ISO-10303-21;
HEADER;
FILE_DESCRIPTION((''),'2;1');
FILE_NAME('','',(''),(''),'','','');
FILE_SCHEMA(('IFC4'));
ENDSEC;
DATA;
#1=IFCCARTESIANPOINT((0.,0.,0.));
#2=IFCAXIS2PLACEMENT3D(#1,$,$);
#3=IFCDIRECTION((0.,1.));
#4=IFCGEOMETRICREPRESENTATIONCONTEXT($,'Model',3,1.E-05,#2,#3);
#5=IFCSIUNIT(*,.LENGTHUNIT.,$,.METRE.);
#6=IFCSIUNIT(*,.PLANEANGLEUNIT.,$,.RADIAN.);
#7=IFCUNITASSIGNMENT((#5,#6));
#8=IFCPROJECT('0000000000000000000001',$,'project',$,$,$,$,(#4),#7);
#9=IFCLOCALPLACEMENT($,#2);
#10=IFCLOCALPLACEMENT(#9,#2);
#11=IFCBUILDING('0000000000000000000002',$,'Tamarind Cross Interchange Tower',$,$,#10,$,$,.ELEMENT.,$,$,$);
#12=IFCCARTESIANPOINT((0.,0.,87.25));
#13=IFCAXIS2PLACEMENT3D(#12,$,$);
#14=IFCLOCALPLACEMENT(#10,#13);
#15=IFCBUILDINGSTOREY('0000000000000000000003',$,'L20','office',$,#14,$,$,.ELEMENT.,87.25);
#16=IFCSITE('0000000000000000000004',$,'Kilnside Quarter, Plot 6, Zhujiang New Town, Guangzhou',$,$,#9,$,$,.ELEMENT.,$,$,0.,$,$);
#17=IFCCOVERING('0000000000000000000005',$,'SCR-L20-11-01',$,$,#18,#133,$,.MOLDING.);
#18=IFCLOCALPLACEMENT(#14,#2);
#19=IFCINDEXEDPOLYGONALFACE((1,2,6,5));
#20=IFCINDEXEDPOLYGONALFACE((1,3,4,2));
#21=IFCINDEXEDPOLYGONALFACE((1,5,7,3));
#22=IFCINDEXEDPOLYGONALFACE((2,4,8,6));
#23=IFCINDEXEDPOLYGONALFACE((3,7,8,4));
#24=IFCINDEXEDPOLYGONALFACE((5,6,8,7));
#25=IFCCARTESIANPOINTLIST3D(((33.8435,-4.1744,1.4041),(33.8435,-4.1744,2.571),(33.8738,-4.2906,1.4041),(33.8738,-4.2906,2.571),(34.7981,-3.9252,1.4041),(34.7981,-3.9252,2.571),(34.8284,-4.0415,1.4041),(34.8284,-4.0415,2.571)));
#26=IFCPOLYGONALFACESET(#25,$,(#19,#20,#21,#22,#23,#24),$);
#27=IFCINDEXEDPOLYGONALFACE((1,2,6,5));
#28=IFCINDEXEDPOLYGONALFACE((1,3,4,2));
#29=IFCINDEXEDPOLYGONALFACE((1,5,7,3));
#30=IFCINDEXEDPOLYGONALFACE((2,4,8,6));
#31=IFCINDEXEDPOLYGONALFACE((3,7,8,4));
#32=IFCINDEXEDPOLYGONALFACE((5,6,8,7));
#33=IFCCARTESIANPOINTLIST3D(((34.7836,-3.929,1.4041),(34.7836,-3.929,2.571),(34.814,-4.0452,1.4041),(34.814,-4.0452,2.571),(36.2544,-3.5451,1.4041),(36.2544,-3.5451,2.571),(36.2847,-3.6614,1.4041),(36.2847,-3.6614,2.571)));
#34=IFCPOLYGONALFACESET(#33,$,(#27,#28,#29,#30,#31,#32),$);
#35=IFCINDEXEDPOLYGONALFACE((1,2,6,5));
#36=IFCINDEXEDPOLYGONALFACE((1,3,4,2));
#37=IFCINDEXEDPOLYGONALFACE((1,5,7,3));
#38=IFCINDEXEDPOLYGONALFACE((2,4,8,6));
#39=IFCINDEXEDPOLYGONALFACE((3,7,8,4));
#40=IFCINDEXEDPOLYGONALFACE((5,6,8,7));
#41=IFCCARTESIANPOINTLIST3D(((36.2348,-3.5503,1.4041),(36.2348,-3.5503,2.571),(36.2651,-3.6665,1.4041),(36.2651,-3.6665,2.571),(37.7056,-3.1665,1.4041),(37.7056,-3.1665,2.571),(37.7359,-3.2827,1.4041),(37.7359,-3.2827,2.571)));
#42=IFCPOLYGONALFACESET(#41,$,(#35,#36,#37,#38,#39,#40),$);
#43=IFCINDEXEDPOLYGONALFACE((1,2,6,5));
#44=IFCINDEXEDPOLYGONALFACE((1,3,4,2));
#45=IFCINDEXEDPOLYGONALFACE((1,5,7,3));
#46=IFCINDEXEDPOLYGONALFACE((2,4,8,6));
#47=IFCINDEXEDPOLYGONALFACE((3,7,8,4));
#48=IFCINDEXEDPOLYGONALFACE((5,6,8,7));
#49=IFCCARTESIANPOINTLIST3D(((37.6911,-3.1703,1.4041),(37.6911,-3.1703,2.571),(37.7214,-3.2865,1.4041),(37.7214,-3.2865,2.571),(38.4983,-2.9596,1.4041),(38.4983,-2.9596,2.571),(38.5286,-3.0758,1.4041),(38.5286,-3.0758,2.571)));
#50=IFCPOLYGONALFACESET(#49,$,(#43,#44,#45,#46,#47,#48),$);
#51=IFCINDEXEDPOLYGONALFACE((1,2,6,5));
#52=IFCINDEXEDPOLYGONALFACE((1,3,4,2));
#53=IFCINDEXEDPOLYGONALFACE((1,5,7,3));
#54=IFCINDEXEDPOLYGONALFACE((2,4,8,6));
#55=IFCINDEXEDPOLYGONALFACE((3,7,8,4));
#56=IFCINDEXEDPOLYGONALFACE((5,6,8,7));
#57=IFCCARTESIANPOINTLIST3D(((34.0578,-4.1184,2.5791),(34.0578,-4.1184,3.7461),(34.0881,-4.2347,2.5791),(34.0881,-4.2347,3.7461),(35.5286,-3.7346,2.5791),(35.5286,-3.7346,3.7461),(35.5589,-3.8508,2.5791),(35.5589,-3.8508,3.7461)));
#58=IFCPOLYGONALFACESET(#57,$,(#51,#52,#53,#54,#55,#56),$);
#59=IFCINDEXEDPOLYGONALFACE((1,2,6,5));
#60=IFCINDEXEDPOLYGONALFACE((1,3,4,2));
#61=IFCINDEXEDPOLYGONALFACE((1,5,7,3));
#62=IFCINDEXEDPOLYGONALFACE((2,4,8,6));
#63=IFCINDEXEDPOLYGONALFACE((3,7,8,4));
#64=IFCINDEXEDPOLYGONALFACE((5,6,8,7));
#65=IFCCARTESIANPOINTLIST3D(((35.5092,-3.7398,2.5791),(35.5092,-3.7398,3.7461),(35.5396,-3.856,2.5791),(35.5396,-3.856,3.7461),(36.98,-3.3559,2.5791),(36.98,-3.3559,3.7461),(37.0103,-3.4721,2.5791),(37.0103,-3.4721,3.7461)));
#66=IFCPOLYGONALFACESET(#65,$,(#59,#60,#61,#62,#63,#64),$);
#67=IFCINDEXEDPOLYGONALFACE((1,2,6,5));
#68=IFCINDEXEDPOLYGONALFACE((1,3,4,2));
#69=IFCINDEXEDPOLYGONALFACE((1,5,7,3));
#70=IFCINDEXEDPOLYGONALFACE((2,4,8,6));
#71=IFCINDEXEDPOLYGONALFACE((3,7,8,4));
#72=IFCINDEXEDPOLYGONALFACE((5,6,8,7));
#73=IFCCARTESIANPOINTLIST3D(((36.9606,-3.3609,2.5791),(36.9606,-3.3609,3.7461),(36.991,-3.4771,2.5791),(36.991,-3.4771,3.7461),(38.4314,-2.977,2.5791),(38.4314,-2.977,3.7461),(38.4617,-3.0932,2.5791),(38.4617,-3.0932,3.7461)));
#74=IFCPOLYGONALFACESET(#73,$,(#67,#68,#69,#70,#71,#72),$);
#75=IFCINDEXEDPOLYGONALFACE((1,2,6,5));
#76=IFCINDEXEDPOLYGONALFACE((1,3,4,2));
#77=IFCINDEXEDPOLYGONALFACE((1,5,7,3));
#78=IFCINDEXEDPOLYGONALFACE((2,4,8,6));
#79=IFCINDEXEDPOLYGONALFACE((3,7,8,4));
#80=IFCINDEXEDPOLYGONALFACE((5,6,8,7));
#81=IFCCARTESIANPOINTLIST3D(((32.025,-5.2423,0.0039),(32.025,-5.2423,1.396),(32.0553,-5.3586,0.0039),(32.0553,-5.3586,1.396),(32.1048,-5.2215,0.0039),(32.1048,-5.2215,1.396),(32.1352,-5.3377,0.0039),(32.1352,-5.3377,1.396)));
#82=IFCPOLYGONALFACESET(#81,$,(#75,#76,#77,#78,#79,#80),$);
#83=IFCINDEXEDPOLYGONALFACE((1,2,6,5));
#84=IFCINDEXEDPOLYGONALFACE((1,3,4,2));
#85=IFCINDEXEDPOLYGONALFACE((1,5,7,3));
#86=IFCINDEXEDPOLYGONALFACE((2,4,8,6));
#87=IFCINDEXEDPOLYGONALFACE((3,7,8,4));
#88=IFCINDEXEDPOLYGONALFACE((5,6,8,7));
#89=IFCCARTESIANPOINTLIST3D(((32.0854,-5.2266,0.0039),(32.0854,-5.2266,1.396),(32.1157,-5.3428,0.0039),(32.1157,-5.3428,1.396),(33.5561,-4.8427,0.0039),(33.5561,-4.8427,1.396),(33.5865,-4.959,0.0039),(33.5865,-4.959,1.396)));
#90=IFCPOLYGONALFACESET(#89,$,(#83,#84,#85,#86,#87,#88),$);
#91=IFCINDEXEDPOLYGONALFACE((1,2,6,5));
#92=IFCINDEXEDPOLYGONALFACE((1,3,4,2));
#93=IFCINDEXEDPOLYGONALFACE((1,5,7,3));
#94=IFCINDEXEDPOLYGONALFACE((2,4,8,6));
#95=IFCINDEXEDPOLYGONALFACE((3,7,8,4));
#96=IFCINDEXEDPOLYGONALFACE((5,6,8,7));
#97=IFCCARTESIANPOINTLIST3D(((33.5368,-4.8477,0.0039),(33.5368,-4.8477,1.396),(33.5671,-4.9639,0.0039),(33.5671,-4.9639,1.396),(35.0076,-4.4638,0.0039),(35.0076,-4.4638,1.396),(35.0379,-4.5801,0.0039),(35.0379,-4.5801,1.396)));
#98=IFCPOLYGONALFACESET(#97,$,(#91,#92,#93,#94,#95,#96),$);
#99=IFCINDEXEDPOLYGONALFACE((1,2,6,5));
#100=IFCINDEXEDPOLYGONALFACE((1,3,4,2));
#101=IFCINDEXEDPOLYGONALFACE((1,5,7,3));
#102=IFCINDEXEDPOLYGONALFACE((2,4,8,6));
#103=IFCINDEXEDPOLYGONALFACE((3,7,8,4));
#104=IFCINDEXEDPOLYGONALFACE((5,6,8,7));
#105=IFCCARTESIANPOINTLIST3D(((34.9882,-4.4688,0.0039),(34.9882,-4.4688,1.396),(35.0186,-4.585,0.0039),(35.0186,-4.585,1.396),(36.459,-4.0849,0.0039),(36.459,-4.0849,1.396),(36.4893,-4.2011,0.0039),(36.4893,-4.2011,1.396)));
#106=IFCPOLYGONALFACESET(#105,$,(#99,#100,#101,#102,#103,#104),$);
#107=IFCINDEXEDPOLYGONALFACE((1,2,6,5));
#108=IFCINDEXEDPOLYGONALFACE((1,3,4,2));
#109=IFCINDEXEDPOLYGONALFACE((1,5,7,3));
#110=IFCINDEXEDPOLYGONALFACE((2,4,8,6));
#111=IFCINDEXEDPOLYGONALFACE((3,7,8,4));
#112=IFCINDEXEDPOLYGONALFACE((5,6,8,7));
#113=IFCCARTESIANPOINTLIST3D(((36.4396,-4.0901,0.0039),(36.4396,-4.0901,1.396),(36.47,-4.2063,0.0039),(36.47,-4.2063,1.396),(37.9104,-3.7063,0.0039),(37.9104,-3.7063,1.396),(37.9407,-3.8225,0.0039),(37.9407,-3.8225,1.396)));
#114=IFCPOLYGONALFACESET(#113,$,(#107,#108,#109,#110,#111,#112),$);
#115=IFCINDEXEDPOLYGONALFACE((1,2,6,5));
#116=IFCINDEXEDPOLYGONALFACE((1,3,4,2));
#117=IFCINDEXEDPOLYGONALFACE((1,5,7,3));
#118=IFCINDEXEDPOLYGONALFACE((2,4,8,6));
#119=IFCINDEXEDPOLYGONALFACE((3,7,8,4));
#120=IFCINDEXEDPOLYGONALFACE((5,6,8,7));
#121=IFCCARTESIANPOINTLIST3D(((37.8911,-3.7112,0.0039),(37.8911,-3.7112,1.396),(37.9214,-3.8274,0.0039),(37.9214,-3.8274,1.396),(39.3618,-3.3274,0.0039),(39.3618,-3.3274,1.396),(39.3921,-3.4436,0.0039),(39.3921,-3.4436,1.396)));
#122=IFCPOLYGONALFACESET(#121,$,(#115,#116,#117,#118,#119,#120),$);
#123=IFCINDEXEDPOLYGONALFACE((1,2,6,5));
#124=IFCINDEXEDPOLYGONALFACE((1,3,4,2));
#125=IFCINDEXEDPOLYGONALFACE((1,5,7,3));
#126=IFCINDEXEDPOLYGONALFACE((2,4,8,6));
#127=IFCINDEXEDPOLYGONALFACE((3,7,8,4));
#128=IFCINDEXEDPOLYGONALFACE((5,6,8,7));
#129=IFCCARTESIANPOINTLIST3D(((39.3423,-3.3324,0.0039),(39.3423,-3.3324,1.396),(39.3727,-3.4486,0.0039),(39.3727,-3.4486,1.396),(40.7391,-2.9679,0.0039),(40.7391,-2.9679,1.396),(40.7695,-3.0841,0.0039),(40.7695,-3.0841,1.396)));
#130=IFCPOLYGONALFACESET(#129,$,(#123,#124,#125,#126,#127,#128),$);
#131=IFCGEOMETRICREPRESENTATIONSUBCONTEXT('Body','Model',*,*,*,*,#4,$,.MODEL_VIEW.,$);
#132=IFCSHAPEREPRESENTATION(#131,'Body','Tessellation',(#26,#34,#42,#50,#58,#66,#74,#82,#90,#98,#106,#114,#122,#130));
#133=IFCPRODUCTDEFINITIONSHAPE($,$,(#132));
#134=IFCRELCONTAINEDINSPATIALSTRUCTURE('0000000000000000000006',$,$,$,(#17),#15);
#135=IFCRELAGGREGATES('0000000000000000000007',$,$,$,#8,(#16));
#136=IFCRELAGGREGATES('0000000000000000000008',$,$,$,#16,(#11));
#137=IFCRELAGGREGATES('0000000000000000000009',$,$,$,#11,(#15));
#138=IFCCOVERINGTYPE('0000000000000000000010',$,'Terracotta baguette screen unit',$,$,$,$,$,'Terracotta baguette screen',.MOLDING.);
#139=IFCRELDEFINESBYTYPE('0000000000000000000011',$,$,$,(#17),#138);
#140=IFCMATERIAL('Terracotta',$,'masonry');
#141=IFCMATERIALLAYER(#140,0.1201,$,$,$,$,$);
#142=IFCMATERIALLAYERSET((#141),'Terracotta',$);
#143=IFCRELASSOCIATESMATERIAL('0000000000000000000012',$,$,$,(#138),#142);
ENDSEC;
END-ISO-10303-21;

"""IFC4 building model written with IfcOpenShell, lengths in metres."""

from ifc_helpers import new_model, si_unit, direction, frame, origin, origin_2d, place, context, subcontext, project, spatial, rectangle, extrude, material, layer, layer_set, type_object, element, save


model = new_model("IFC4")

# Units and contexts
model_context = context("Model", 3, precision=1e-05, world=origin(), true_north=direction((0.0, 1.0)))
body_context = subcontext(model_context, "Body", "Model", "MODEL_VIEW")
ifc_project = project(units=[si_unit("LENGTHUNIT", "METRE"), si_unit("PLANEANGLEUNIT", "RADIAN")], contexts=[model_context])

# Site, building, storey
site_placement = place(None, origin())
site = spatial("IfcSite", under=ifc_project, at=site_placement, Name="Kilnside Quarter, Plot 6, Zhujiang New Town, Guangzhou", CompositionType="ELEMENT", RefElevation=0.0)
building_placement = place(site_placement, origin())
building = spatial("IfcBuilding", under=site, at=building_placement, Name="Tamarind Cross Interchange Tower", CompositionType="ELEMENT")
storey_placement = place(building_placement, frame((0.0, 0.0, 87.25)))
storey = spatial("IfcBuildingStorey", under=building, at=storey_placement, Name="L20", Description="office", CompositionType="ELEMENT", Elevation=87.25)

# Covering
ifc_material_1 = material(Name="Terracotta", Category="masonry")
ifc_layer_1 = layer(ifc_material_1, 0.1201)
ifc_layer_set_1 = layer_set([ifc_layer_1], Name="Terracotta")
covering_type = type_object("IfcCoveringType", Name="Terracotta baguette screen unit", ElementType="Terracotta baguette screen", PredefinedType="MOLDING", material=ifc_layer_set_1)
covering_1_placement = place(storey_placement, origin())
element("IfcCovering", 1, at=covering_1_placement, inside=storey, type_object=covering_type, Name="SCR-L20-11-01", PredefinedType="MOLDING", context=body_context, shape_type="SweptSolid", body=[
    extrude(rectangle(XDim=0.9866, YDim=0.1201, at=origin_2d()), frame((34.3359, -4.1079, 1.4041), z_axis=(0.0, 0.0, 1.0), x_axis=(0.967589, 0.252529, 0.0)), (0.0, 0.0, 1.0), 1.167),
    extrude(rectangle(XDim=1.52, YDim=0.1201, at=origin_2d()), frame((35.5342, -3.7952, 1.4041), z_axis=(0.0, 0.0, 1.0), x_axis=(0.967589, 0.252529, 0.0)), (0.0, 0.0, 1.0), 1.167),
    extrude(rectangle(XDim=1.52, YDim=0.1201, at=origin_2d()), frame((36.9854, -3.4165, 1.4041), z_axis=(0.0, 0.0, 1.0), x_axis=(0.967589, 0.252529, 0.0)), (0.0, 0.0, 1.0), 1.167),
    extrude(rectangle(XDim=0.8342, YDim=0.1201, at=origin_2d()), frame((38.1099, -3.123, 1.4041), z_axis=(0.0, 0.0, 1.0), x_axis=(0.967589, 0.252529, 0.0)), (0.0, 0.0, 1.0), 1.167),
    extrude(rectangle(XDim=1.52, YDim=0.1201, at=origin_2d()), frame((34.8083, -3.9846, 2.5791), z_axis=(0.0, 0.0, 1.0), x_axis=(0.967589, 0.252529, 0.0)), (0.0, 0.0, 1.0), 1.167),
    extrude(rectangle(XDim=1.52, YDim=0.1201, at=origin_2d()), frame((36.2598, -3.606, 2.5791), z_axis=(0.0, 0.0, 1.0), x_axis=(0.967589, 0.252529, 0.0)), (0.0, 0.0, 1.0), 1.167),
    extrude(rectangle(XDim=1.52, YDim=0.1201, at=origin_2d()), frame((37.7112, -3.2271, 2.5791), z_axis=(0.0, 0.0, 1.0), x_axis=(0.967589, 0.252529, 0.0)), (0.0, 0.0, 1.0), 1.167),
    extrude(rectangle(XDim=0.0825, YDim=0.1201, at=origin_2d()), frame((32.0801, -5.29, 0.0039), z_axis=(0.0, 0.0, 1.0), x_axis=(0.967589, 0.252529, 0.0)), (0.0, 0.0, 1.0), 1.3921),
    extrude(rectangle(XDim=1.52, YDim=0.1201, at=origin_2d()), frame((32.8359, -5.0928, 0.0039), z_axis=(0.0, 0.0, 1.0), x_axis=(0.967589, 0.252529, 0.0)), (0.0, 0.0, 1.0), 1.3921),
    extrude(rectangle(XDim=1.52, YDim=0.1201, at=origin_2d()), frame((34.2874, -4.7139, 0.0039), z_axis=(0.0, 0.0, 1.0), x_axis=(0.967589, 0.252529, 0.0)), (0.0, 0.0, 1.0), 1.3921),
    extrude(rectangle(XDim=1.52, YDim=0.1201, at=origin_2d()), frame((35.7388, -4.335, 0.0039), z_axis=(0.0, 0.0, 1.0), x_axis=(0.967589, 0.252529, 0.0)), (0.0, 0.0, 1.0), 1.3921),
    extrude(rectangle(XDim=1.52, YDim=0.1201, at=origin_2d()), frame((37.1902, -3.9563, 0.0039), z_axis=(0.0, 0.0, 1.0), x_axis=(0.967589, 0.252529, 0.0)), (0.0, 0.0, 1.0), 1.3921),
    extrude(rectangle(XDim=1.52, YDim=0.1201, at=origin_2d()), frame((38.6416, -3.5774, 0.0039), z_axis=(0.0, 0.0, 1.0), x_axis=(0.967589, 0.252529, 0.0)), (0.0, 0.0, 1.0), 1.3921),
    extrude(rectangle(XDim=1.4436, YDim=0.1201, at=origin_2d()), frame((40.0559, -3.2083, 0.0039), z_axis=(0.0, 0.0, 1.0), x_axis=(0.967589, 0.252529, 0.0)), (0.0, 0.0, 1.0), 1.3921),
])

save(model, "model.ifc")
